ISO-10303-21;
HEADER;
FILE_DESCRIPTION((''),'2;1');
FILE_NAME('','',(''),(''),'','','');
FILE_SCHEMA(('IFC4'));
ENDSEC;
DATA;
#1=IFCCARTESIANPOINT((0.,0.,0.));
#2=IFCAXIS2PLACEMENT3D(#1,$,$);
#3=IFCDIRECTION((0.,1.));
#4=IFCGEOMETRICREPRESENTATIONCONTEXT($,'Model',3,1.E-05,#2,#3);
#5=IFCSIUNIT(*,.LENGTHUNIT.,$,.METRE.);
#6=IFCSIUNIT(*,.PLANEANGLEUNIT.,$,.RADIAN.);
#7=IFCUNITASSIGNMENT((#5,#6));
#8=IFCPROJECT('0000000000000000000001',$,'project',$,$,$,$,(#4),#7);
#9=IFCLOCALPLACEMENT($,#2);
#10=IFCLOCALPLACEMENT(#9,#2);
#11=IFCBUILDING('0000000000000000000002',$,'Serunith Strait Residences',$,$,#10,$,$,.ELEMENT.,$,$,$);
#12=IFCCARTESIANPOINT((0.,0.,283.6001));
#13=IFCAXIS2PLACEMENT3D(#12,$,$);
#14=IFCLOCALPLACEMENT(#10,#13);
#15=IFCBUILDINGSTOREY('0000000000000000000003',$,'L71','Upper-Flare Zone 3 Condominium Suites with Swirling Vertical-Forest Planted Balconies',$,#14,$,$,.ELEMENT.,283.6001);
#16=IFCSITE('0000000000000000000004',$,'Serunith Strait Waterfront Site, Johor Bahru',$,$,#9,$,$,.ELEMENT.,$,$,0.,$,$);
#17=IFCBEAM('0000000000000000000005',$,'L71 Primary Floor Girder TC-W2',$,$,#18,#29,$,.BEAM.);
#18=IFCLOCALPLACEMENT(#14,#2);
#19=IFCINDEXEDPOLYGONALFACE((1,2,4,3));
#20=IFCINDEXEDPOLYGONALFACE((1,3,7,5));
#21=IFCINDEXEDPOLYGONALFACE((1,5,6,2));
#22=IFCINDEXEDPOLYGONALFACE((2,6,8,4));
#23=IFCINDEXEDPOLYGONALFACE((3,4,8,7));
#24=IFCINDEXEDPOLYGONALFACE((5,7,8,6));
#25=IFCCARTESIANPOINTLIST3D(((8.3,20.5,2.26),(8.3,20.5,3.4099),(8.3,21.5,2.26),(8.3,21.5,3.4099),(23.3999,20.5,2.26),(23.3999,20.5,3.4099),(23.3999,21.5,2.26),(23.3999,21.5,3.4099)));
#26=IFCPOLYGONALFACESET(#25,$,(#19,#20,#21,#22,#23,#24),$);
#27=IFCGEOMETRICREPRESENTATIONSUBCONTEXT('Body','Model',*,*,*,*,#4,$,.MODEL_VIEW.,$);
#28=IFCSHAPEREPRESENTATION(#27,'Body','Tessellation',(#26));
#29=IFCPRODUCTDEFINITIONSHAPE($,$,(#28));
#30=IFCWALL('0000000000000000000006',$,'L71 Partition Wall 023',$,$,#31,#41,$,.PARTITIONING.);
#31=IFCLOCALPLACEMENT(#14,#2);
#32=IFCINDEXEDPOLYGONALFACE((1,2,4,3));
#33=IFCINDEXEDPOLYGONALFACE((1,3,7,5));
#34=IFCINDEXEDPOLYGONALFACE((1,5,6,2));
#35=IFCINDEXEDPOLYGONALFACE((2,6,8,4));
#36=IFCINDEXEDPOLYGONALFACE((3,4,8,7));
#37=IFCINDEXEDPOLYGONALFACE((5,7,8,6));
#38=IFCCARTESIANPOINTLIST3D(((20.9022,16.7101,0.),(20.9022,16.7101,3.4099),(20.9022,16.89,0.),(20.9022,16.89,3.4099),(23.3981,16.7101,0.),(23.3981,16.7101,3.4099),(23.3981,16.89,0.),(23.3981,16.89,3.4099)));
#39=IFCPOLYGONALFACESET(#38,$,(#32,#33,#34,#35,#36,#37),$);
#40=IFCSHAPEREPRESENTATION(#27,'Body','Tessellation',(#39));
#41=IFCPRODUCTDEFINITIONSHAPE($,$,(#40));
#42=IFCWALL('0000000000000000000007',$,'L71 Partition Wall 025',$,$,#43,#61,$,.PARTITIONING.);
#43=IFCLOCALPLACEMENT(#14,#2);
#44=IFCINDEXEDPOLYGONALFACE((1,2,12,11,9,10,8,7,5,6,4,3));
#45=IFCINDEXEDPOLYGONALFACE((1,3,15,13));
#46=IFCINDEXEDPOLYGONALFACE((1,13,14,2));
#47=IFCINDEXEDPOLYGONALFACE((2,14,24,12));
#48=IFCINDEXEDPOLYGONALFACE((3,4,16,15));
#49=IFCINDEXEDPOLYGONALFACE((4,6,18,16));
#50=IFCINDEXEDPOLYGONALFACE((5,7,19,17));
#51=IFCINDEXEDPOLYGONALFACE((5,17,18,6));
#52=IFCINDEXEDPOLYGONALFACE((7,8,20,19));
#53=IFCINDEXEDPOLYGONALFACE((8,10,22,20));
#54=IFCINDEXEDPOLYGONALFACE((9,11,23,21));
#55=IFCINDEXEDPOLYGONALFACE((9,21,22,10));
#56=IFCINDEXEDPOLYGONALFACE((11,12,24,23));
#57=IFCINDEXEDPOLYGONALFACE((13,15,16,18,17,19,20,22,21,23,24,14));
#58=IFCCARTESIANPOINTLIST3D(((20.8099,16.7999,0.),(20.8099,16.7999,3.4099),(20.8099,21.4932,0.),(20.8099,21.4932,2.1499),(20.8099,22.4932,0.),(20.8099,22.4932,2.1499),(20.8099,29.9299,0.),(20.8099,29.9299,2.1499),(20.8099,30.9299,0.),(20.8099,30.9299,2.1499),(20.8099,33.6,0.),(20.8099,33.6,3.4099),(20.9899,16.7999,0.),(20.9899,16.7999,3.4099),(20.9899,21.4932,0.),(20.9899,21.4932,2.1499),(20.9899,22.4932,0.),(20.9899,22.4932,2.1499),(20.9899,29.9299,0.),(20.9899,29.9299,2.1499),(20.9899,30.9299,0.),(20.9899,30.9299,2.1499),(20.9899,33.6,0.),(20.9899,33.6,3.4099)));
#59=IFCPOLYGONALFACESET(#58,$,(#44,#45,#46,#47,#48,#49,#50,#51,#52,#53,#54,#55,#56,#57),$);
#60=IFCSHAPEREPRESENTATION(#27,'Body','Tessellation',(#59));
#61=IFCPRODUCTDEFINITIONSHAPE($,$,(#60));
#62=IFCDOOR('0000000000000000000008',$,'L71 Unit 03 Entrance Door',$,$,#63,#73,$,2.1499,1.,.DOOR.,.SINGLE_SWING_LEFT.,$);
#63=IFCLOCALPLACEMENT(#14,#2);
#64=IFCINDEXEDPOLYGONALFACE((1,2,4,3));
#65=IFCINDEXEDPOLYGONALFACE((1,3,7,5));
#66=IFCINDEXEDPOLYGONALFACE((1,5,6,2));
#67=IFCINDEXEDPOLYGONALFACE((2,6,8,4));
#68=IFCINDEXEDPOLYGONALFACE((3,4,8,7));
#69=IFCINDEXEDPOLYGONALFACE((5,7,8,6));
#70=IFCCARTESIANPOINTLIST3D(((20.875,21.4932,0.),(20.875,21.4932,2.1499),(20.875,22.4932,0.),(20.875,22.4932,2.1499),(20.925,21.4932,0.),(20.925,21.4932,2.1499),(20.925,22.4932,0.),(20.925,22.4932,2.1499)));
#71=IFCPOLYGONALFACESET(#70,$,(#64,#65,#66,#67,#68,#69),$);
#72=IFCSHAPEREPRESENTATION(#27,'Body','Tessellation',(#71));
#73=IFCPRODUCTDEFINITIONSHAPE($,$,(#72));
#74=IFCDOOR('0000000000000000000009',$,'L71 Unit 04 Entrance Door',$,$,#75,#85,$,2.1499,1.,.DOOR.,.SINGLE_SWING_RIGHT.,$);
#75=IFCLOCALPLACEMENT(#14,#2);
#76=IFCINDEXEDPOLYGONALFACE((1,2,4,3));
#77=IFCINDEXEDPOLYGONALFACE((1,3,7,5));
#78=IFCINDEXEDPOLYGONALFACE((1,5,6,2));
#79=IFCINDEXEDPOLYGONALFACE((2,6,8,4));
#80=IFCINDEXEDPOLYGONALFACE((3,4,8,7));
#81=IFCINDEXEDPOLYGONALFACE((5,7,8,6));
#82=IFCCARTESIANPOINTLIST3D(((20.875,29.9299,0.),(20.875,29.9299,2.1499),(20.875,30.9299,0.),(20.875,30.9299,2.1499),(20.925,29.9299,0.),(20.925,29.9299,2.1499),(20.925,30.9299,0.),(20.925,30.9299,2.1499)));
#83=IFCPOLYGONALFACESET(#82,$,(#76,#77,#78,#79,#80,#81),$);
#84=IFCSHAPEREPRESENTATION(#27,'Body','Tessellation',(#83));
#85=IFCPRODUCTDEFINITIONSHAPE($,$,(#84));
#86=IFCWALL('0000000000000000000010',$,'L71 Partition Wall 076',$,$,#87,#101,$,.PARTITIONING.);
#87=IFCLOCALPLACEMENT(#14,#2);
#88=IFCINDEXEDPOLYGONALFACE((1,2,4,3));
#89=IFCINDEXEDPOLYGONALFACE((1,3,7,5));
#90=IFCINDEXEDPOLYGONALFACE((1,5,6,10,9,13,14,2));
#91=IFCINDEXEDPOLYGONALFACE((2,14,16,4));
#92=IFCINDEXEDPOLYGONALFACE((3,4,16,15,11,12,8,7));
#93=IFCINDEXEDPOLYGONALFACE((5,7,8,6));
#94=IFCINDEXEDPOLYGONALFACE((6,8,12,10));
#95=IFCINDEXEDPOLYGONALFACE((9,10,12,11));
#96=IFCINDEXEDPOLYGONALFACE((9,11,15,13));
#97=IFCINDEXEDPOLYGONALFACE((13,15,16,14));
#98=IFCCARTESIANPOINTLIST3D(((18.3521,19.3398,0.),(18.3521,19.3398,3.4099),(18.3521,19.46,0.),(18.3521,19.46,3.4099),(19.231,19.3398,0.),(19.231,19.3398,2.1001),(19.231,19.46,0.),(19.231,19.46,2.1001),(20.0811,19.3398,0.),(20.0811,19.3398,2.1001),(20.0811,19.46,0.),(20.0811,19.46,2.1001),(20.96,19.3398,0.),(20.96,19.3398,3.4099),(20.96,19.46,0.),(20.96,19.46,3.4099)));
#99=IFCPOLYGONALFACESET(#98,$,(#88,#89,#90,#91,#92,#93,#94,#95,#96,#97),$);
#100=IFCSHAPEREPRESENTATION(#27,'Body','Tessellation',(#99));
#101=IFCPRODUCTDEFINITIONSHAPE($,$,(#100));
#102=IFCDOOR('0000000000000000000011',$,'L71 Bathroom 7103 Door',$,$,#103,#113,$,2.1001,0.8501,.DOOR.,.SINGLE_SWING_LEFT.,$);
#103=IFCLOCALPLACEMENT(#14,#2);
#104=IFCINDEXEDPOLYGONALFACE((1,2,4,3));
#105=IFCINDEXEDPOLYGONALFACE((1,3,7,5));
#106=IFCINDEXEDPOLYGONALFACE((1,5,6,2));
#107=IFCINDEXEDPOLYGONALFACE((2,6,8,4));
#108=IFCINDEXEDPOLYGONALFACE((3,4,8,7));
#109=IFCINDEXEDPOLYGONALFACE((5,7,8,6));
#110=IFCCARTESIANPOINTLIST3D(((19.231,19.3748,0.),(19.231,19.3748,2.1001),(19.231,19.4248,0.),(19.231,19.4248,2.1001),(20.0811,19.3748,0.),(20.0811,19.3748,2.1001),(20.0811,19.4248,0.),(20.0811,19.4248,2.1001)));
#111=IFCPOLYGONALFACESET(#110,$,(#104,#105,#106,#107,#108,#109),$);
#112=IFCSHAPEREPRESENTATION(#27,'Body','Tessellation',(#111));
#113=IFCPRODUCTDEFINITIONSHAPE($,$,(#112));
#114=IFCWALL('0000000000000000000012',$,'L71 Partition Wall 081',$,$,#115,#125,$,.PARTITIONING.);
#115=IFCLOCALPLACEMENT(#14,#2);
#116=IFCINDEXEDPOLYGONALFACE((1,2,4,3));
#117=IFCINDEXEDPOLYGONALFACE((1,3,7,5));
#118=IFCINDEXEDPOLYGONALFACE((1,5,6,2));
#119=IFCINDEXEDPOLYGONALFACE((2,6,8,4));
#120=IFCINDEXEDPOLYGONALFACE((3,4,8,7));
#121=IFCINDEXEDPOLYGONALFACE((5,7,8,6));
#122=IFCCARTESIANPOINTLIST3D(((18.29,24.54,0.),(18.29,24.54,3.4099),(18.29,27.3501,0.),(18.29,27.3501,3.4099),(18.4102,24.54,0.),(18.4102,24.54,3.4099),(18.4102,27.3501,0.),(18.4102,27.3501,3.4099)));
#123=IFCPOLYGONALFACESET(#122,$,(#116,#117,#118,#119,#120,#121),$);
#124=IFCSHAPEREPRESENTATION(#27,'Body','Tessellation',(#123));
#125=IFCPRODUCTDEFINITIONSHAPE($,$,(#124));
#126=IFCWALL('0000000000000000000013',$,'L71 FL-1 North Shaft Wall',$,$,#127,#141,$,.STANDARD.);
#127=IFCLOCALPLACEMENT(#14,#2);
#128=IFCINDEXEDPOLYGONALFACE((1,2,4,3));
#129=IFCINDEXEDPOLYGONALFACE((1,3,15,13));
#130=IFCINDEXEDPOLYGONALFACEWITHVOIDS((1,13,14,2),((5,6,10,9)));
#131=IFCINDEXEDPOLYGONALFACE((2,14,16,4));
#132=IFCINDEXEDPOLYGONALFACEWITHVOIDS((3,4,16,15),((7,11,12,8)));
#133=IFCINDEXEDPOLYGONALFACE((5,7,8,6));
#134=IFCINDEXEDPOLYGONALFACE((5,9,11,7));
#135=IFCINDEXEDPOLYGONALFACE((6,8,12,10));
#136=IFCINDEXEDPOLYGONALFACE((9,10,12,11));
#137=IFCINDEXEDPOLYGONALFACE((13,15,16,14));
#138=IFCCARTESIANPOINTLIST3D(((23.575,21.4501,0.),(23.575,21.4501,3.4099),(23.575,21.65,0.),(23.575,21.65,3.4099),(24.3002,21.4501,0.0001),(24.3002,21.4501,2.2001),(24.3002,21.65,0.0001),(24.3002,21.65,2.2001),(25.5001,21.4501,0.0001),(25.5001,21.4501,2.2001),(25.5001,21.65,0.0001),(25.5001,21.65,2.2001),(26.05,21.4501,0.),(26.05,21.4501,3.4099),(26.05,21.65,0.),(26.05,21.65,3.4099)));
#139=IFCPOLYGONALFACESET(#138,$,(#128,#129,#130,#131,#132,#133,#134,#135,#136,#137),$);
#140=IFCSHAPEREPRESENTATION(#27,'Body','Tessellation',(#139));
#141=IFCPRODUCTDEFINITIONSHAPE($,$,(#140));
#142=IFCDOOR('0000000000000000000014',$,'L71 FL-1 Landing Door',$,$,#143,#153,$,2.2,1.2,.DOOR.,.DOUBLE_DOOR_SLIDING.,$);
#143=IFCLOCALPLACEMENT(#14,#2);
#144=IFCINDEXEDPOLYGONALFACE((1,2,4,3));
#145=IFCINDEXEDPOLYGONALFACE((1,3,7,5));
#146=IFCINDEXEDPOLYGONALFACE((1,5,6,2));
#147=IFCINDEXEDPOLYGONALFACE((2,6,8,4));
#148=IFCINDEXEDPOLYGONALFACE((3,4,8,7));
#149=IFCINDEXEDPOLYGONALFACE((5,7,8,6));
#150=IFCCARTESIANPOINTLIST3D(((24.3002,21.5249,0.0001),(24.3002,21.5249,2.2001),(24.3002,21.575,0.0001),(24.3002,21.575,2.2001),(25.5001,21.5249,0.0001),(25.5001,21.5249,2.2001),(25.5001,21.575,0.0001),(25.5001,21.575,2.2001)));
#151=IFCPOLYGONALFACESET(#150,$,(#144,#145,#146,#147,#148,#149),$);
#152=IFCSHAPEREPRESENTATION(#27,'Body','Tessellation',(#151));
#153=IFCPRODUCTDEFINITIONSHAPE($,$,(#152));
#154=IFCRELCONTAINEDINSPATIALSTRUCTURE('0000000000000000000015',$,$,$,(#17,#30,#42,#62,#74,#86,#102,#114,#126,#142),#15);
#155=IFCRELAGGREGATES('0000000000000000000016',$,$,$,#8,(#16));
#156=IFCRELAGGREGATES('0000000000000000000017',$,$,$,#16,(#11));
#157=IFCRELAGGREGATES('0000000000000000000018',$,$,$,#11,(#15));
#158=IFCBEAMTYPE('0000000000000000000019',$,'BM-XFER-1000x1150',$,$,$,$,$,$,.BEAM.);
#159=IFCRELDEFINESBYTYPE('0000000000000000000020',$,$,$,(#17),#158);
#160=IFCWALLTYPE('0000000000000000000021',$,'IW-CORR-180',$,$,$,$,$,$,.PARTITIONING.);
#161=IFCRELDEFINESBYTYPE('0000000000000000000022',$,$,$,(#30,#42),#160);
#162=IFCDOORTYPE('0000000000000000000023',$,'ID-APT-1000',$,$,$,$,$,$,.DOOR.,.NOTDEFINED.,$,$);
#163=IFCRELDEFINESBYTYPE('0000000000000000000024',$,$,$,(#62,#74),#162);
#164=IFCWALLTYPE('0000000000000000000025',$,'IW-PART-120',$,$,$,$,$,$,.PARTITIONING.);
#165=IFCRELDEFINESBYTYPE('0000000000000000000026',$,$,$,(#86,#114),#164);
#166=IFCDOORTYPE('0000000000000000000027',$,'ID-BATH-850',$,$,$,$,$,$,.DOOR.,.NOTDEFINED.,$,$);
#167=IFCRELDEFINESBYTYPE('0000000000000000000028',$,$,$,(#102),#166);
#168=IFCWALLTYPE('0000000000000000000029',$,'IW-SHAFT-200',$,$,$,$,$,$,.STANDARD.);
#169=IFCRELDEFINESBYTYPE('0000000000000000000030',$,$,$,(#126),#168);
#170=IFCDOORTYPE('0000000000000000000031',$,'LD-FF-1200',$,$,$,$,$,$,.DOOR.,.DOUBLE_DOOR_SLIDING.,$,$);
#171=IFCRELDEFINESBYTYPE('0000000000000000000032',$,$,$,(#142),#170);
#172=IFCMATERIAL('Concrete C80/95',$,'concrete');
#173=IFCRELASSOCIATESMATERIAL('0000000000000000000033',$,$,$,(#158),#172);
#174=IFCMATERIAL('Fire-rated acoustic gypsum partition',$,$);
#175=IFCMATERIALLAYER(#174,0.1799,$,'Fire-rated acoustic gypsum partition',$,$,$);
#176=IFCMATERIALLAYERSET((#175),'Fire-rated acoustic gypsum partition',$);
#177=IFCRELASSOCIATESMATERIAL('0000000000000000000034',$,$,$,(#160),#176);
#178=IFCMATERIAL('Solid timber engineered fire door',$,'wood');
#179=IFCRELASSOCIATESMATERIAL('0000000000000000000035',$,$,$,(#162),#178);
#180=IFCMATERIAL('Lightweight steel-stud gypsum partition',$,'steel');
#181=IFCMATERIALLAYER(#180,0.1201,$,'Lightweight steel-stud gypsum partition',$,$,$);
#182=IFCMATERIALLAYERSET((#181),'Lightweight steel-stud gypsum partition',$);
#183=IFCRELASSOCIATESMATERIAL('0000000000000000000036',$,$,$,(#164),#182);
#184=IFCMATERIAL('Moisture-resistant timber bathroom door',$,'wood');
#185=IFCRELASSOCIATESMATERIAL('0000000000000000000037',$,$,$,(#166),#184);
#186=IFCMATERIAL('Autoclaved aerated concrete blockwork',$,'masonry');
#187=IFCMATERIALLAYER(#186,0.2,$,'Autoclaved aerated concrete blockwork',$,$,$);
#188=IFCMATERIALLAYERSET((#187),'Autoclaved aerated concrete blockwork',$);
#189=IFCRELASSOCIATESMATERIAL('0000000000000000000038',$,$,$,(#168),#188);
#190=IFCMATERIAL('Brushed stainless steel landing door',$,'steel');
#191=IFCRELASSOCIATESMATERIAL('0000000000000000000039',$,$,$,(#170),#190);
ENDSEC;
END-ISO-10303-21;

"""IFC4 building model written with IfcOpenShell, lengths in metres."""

from ifc_helpers import new_model, si_unit, direction, frame, frame_2d, origin, origin_2d, place, context, subcontext, project, spatial, rectangle, extrude, source, transform, mapped, material, layer, layer_set, material_profile, profile_set, type_object, element, fill, save


model = new_model("IFC4")

# Units and contexts
model_context = context("Model", 3, precision=1e-05, world=origin(), true_north=direction((0.0, 1.0)))
body_context = subcontext(model_context, "Body", "Model", "MODEL_VIEW")
ifc_project = project(units=[si_unit("LENGTHUNIT", "METRE"), si_unit("PLANEANGLEUNIT", "RADIAN")], contexts=[model_context])

# Site, building, storey
site_placement = place(None, origin())
site = spatial("IfcSite", under=ifc_project, at=site_placement, Name="Serunith Strait Waterfront Site, Johor Bahru", CompositionType="ELEMENT", RefElevation=0.0)
building_placement = place(site_placement, origin())
building = spatial("IfcBuilding", under=site, at=building_placement, Name="Serunith Strait Residences", CompositionType="ELEMENT")
storey_placement = place(building_placement, frame((0.0, 0.0, 283.6001)))
storey = spatial("IfcBuildingStorey", under=building, at=storey_placement, Name="L71", Description="Upper-Flare Zone 3 Condominium Suites with Swirling Vertical-Forest Planted Balconies", CompositionType="ELEMENT", Elevation=283.6001)

# Beam
ifc_material_1 = material(Name="Concrete C80/95", Category="concrete")
ifc_material_profile = material_profile(ifc_material_1, rectangle(XDim=1.0, YDim=1.1499, at=origin_2d()), Name="RC 1000x1150")
ifc_profile_set = profile_set([ifc_material_profile], Name="Concrete C80/95")
beam_type = type_object("IfcBeamType", Name="BM-XFER-1000x1150", PredefinedType="BEAM", material=ifc_profile_set)
shared_shape_1 = source(origin(), body_context, "Body", "SweptSolid", [
    extrude(rectangle(XDim=1.0, YDim=1.1499, at=origin_2d()), origin(), (0.0, 0.0, 1.0), 15.0999),
])
beam_placement = place(storey_placement, frame((23.3999, 21.0, 2.835), z_axis=(-1.0, 0.0, 0.0), x_axis=(0.0, -1.0, 0.0)))
element("IfcBeam", 1, at=beam_placement, inside=storey, type_object=beam_type, Name="L71 Primary Floor Girder TC-W2", PredefinedType="BEAM", context=body_context, shape_type="MappedRepresentation", body=[
    mapped(shared_shape_1, transform((0.0, 0.0, 0.0), scale=1.0)),
])

# Wall
ifc_material_2 = material(Name="Fire-rated acoustic gypsum partition")
ifc_layer_1 = layer(ifc_material_2, 0.1799, Name="Fire-rated acoustic gypsum partition")
ifc_layer_set_1 = layer_set([ifc_layer_1], Name="Fire-rated acoustic gypsum partition")
wall_type_1 = type_object("IfcWallType", Name="IW-CORR-180", PredefinedType="PARTITIONING", material=ifc_layer_set_1)
wall_1_placement = place(storey_placement, frame((20.9021, 16.8, 0.0), z_axis=(0.0, 0.0, 1.0), x_axis=(1.0, 0.0, 0.0)))
element("IfcWall", 2, at=wall_1_placement, inside=storey, type_object=wall_type_1, Name="L71 Partition Wall 023", PredefinedType="PARTITIONING", context=body_context, shape_type="SweptSolid", body=[
    extrude(rectangle(XDim=2.4958, YDim=0.1799, at=frame_2d((1.248, 0.0))), origin(), (0.0, 0.0, 1.0), 3.4099),
])

# Wall, openings, doors
wall_2_placement = place(storey_placement, frame((20.8999, 16.8, 0.0), z_axis=(0.0, 0.0, 1.0), x_axis=(0.0, 1.0, 0.0)))
wall_2 = element("IfcWall", 3, at=wall_2_placement, inside=storey, type_object=wall_type_1, Name="L71 Partition Wall 025", PredefinedType="PARTITIONING", context=body_context, shape_type="SweptSolid", body=[
    extrude(rectangle(XDim=16.8, YDim=0.1799, at=frame_2d((8.3999, 0.0))), origin(), (0.0, 0.0, 1.0), 3.4099),
])
opening_1_placement = place(wall_2_placement, frame((4.6931, 0.0, 0.0)))
opening_1 = element("IfcOpeningElement", 4, at=opening_1_placement, cuts=wall_2, PredefinedType="OPENING", context=body_context, shape_type="SweptSolid", body=[
    extrude(rectangle(XDim=1.0, YDim=2.1499, at=frame_2d((0.5, 1.075))), frame((0.0, 0.1001, 0.0), z_axis=(0.0, -1.0, 0.0), x_axis=(1.0, 0.0, 0.0)), (0.0, 0.0, 1.0), 0.2),
])
opening_2_placement = place(wall_2_placement, frame((13.1299, 0.0, 0.0)))
opening_2 = element("IfcOpeningElement", 5, at=opening_2_placement, cuts=wall_2, PredefinedType="OPENING", context=body_context, shape_type="SweptSolid", body=[
    extrude(rectangle(XDim=1.0, YDim=2.1499, at=frame_2d((0.5, 1.075))), frame((0.0, 0.1001, 0.0), z_axis=(0.0, -1.0, 0.0), x_axis=(1.0, 0.0, 0.0)), (0.0, 0.0, 1.0), 0.2),
])
ifc_material_3 = material(Name="Solid timber engineered fire door", Category="wood")
door_type_1 = type_object("IfcDoorType", Name="ID-APT-1000", OperationType="NOTDEFINED", PredefinedType="DOOR", material=ifc_material_3)
shared_shape_2 = source(origin(), body_context, "Body", "SweptSolid", [
    extrude(rectangle(XDim=1.0, YDim=2.1499, at=frame_2d((0.5, 1.075))), frame((0.0, 0.0249, 0.0), z_axis=(0.0, -1.0, 0.0), x_axis=(1.0, 0.0, 0.0)), (0.0, 0.0, 1.0), 0.05),
])
door_1_placement = place(opening_1_placement, origin())
door_1 = element("IfcDoor", 6, at=door_1_placement, inside=storey, type_object=door_type_1, Name="L71 Unit 03 Entrance Door", OperationType="SINGLE_SWING_LEFT", OverallHeight=2.1499, OverallWidth=1.0, PredefinedType="DOOR", context=body_context, shape_type="MappedRepresentation", body=[
    mapped(shared_shape_2, transform((0.0, 0.0, 0.0), scale=1.0)),
])
fill(opening_1, door_1)
door_2_placement = place(opening_2_placement, origin())
door_2 = element("IfcDoor", 7, at=door_2_placement, inside=storey, type_object=door_type_1, Name="L71 Unit 04 Entrance Door", OperationType="SINGLE_SWING_RIGHT", OverallHeight=2.1499, OverallWidth=1.0, PredefinedType="DOOR", context=body_context, shape_type="MappedRepresentation", body=[
    mapped(shared_shape_2, transform((0.0, 0.0, 0.0), scale=1.0)),
])
fill(opening_2, door_2)

# Wall, opening, door
ifc_material_4 = material(Name="Lightweight steel-stud gypsum partition", Category="steel")
ifc_layer_2 = layer(ifc_material_4, 0.1201, Name="Lightweight steel-stud gypsum partition")
ifc_layer_set_2 = layer_set([ifc_layer_2], Name="Lightweight steel-stud gypsum partition")
wall_type_2 = type_object("IfcWallType", Name="IW-PART-120", PredefinedType="PARTITIONING", material=ifc_layer_set_2)
wall_3_placement = place(storey_placement, frame((18.3521, 19.3999, 0.0), z_axis=(0.0, 0.0, 1.0), x_axis=(1.0, 0.0, 0.0)))
wall_3 = element("IfcWall", 8, at=wall_3_placement, inside=storey, type_object=wall_type_2, Name="L71 Partition Wall 076", PredefinedType="PARTITIONING", context=body_context, shape_type="SweptSolid", body=[
    extrude(rectangle(XDim=2.6079, YDim=0.1201, at=frame_2d((1.304, 0.0))), origin(), (0.0, 0.0, 1.0), 3.4099),
])
opening_3_placement = place(wall_3_placement, frame((0.8789, 0.0, 0.0)))
opening_3 = element("IfcOpeningElement", 9, at=opening_3_placement, cuts=wall_3, PredefinedType="OPENING", context=body_context, shape_type="SweptSolid", body=[
    extrude(rectangle(XDim=0.8501, YDim=2.1001, at=frame_2d((0.425, 1.05))), frame((0.0, 0.0701, 0.0), z_axis=(0.0, -1.0, 0.0), x_axis=(1.0, 0.0, 0.0)), (0.0, 0.0, 1.0), 0.1401),
])
ifc_material_5 = material(Name="Moisture-resistant timber bathroom door", Category="wood")
door_type_2 = type_object("IfcDoorType", Name="ID-BATH-850", OperationType="NOTDEFINED", PredefinedType="DOOR", material=ifc_material_5)
shared_shape_3 = source(origin(), body_context, "Body", "SweptSolid", [
    extrude(rectangle(XDim=0.8501, YDim=2.1001, at=frame_2d((0.425, 1.05))), frame((0.0, 0.0249, 0.0), z_axis=(0.0, -1.0, 0.0), x_axis=(1.0, 0.0, 0.0)), (0.0, 0.0, 1.0), 0.05),
])
door_3_placement = place(opening_3_placement, origin())
door_3 = element("IfcDoor", 10, at=door_3_placement, inside=storey, type_object=door_type_2, Name="L71 Bathroom 7103 Door", OperationType="SINGLE_SWING_LEFT", OverallHeight=2.1001, OverallWidth=0.8501, PredefinedType="DOOR", context=body_context, shape_type="MappedRepresentation", body=[
    mapped(shared_shape_3, transform((0.0, 0.0, 0.0), scale=1.0)),
])
fill(opening_3, door_3)

# Wall
wall_4_placement = place(storey_placement, frame((18.3501, 24.54, 0.0), z_axis=(0.0, 0.0, 1.0), x_axis=(0.0, 1.0, 0.0)))
element("IfcWall", 11, at=wall_4_placement, inside=storey, type_object=wall_type_2, Name="L71 Partition Wall 081", PredefinedType="PARTITIONING", context=body_context, shape_type="SweptSolid", body=[
    extrude(rectangle(XDim=2.8101, YDim=0.1201, at=frame_2d((1.405, 0.0))), origin(), (0.0, 0.0, 1.0), 3.4099),
])

# Wall, opening, door
ifc_material_6 = material(Name="Autoclaved aerated concrete blockwork", Category="masonry")
ifc_layer_3 = layer(ifc_material_6, 0.2, Name="Autoclaved aerated concrete blockwork")
ifc_layer_set_3 = layer_set([ifc_layer_3], Name="Autoclaved aerated concrete blockwork")
wall_type_3 = type_object("IfcWallType", Name="IW-SHAFT-200", PredefinedType="STANDARD", material=ifc_layer_set_3)
wall_5_placement = place(storey_placement, frame((23.575, 21.55, 0.0), z_axis=(0.0, 0.0, 1.0), x_axis=(1.0, 0.0, 0.0)))
wall_5 = element("IfcWall", 12, at=wall_5_placement, inside=storey, type_object=wall_type_3, Name="L71 FL-1 North Shaft Wall", PredefinedType="STANDARD", context=body_context, shape_type="SweptSolid", body=[
    extrude(rectangle(XDim=2.4751, YDim=0.2, at=frame_2d((1.2375, 0.0))), origin(), (0.0, 0.0, 1.0), 3.4099),
])
opening_4_placement = place(wall_5_placement, frame((0.7251, 0.0, 0.0)))
opening_4 = element("IfcOpeningElement", 13, at=opening_4_placement, cuts=wall_5, PredefinedType="OPENING", context=body_context, shape_type="SweptSolid", body=[
    extrude(rectangle(XDim=1.2, YDim=2.2, at=frame_2d((0.6001, 1.1001))), frame((0.0, 0.1099, 0.0), z_axis=(0.0, -1.0, 0.0), x_axis=(1.0, 0.0, 0.0)), (0.0, 0.0, 1.0), 0.22),
])
ifc_material_7 = material(Name="Brushed stainless steel landing door", Category="steel")
door_type_3 = type_object("IfcDoorType", Name="LD-FF-1200", OperationType="DOUBLE_DOOR_SLIDING", PredefinedType="DOOR", material=ifc_material_7)
shared_shape_4 = source(origin(), body_context, "Body", "SweptSolid", [
    extrude(rectangle(XDim=1.2, YDim=2.2, at=frame_2d((0.6001, 1.1001))), frame((0.0, 0.0249, 0.0), z_axis=(0.0, -1.0, 0.0), x_axis=(1.0, 0.0, 0.0)), (0.0, 0.0, 1.0), 0.05),
])
door_4_placement = place(opening_4_placement, origin())
door_4 = element("IfcDoor", 14, at=door_4_placement, inside=storey, type_object=door_type_3, Name="L71 FL-1 Landing Door", OperationType="DOUBLE_DOOR_SLIDING", OverallHeight=2.2, OverallWidth=1.2, PredefinedType="DOOR", context=body_context, shape_type="MappedRepresentation", body=[
    mapped(shared_shape_4, transform((0.0, 0.0, 0.0), scale=1.0)),
])
fill(opening_4, door_4)

save(model, "model.ifc")
